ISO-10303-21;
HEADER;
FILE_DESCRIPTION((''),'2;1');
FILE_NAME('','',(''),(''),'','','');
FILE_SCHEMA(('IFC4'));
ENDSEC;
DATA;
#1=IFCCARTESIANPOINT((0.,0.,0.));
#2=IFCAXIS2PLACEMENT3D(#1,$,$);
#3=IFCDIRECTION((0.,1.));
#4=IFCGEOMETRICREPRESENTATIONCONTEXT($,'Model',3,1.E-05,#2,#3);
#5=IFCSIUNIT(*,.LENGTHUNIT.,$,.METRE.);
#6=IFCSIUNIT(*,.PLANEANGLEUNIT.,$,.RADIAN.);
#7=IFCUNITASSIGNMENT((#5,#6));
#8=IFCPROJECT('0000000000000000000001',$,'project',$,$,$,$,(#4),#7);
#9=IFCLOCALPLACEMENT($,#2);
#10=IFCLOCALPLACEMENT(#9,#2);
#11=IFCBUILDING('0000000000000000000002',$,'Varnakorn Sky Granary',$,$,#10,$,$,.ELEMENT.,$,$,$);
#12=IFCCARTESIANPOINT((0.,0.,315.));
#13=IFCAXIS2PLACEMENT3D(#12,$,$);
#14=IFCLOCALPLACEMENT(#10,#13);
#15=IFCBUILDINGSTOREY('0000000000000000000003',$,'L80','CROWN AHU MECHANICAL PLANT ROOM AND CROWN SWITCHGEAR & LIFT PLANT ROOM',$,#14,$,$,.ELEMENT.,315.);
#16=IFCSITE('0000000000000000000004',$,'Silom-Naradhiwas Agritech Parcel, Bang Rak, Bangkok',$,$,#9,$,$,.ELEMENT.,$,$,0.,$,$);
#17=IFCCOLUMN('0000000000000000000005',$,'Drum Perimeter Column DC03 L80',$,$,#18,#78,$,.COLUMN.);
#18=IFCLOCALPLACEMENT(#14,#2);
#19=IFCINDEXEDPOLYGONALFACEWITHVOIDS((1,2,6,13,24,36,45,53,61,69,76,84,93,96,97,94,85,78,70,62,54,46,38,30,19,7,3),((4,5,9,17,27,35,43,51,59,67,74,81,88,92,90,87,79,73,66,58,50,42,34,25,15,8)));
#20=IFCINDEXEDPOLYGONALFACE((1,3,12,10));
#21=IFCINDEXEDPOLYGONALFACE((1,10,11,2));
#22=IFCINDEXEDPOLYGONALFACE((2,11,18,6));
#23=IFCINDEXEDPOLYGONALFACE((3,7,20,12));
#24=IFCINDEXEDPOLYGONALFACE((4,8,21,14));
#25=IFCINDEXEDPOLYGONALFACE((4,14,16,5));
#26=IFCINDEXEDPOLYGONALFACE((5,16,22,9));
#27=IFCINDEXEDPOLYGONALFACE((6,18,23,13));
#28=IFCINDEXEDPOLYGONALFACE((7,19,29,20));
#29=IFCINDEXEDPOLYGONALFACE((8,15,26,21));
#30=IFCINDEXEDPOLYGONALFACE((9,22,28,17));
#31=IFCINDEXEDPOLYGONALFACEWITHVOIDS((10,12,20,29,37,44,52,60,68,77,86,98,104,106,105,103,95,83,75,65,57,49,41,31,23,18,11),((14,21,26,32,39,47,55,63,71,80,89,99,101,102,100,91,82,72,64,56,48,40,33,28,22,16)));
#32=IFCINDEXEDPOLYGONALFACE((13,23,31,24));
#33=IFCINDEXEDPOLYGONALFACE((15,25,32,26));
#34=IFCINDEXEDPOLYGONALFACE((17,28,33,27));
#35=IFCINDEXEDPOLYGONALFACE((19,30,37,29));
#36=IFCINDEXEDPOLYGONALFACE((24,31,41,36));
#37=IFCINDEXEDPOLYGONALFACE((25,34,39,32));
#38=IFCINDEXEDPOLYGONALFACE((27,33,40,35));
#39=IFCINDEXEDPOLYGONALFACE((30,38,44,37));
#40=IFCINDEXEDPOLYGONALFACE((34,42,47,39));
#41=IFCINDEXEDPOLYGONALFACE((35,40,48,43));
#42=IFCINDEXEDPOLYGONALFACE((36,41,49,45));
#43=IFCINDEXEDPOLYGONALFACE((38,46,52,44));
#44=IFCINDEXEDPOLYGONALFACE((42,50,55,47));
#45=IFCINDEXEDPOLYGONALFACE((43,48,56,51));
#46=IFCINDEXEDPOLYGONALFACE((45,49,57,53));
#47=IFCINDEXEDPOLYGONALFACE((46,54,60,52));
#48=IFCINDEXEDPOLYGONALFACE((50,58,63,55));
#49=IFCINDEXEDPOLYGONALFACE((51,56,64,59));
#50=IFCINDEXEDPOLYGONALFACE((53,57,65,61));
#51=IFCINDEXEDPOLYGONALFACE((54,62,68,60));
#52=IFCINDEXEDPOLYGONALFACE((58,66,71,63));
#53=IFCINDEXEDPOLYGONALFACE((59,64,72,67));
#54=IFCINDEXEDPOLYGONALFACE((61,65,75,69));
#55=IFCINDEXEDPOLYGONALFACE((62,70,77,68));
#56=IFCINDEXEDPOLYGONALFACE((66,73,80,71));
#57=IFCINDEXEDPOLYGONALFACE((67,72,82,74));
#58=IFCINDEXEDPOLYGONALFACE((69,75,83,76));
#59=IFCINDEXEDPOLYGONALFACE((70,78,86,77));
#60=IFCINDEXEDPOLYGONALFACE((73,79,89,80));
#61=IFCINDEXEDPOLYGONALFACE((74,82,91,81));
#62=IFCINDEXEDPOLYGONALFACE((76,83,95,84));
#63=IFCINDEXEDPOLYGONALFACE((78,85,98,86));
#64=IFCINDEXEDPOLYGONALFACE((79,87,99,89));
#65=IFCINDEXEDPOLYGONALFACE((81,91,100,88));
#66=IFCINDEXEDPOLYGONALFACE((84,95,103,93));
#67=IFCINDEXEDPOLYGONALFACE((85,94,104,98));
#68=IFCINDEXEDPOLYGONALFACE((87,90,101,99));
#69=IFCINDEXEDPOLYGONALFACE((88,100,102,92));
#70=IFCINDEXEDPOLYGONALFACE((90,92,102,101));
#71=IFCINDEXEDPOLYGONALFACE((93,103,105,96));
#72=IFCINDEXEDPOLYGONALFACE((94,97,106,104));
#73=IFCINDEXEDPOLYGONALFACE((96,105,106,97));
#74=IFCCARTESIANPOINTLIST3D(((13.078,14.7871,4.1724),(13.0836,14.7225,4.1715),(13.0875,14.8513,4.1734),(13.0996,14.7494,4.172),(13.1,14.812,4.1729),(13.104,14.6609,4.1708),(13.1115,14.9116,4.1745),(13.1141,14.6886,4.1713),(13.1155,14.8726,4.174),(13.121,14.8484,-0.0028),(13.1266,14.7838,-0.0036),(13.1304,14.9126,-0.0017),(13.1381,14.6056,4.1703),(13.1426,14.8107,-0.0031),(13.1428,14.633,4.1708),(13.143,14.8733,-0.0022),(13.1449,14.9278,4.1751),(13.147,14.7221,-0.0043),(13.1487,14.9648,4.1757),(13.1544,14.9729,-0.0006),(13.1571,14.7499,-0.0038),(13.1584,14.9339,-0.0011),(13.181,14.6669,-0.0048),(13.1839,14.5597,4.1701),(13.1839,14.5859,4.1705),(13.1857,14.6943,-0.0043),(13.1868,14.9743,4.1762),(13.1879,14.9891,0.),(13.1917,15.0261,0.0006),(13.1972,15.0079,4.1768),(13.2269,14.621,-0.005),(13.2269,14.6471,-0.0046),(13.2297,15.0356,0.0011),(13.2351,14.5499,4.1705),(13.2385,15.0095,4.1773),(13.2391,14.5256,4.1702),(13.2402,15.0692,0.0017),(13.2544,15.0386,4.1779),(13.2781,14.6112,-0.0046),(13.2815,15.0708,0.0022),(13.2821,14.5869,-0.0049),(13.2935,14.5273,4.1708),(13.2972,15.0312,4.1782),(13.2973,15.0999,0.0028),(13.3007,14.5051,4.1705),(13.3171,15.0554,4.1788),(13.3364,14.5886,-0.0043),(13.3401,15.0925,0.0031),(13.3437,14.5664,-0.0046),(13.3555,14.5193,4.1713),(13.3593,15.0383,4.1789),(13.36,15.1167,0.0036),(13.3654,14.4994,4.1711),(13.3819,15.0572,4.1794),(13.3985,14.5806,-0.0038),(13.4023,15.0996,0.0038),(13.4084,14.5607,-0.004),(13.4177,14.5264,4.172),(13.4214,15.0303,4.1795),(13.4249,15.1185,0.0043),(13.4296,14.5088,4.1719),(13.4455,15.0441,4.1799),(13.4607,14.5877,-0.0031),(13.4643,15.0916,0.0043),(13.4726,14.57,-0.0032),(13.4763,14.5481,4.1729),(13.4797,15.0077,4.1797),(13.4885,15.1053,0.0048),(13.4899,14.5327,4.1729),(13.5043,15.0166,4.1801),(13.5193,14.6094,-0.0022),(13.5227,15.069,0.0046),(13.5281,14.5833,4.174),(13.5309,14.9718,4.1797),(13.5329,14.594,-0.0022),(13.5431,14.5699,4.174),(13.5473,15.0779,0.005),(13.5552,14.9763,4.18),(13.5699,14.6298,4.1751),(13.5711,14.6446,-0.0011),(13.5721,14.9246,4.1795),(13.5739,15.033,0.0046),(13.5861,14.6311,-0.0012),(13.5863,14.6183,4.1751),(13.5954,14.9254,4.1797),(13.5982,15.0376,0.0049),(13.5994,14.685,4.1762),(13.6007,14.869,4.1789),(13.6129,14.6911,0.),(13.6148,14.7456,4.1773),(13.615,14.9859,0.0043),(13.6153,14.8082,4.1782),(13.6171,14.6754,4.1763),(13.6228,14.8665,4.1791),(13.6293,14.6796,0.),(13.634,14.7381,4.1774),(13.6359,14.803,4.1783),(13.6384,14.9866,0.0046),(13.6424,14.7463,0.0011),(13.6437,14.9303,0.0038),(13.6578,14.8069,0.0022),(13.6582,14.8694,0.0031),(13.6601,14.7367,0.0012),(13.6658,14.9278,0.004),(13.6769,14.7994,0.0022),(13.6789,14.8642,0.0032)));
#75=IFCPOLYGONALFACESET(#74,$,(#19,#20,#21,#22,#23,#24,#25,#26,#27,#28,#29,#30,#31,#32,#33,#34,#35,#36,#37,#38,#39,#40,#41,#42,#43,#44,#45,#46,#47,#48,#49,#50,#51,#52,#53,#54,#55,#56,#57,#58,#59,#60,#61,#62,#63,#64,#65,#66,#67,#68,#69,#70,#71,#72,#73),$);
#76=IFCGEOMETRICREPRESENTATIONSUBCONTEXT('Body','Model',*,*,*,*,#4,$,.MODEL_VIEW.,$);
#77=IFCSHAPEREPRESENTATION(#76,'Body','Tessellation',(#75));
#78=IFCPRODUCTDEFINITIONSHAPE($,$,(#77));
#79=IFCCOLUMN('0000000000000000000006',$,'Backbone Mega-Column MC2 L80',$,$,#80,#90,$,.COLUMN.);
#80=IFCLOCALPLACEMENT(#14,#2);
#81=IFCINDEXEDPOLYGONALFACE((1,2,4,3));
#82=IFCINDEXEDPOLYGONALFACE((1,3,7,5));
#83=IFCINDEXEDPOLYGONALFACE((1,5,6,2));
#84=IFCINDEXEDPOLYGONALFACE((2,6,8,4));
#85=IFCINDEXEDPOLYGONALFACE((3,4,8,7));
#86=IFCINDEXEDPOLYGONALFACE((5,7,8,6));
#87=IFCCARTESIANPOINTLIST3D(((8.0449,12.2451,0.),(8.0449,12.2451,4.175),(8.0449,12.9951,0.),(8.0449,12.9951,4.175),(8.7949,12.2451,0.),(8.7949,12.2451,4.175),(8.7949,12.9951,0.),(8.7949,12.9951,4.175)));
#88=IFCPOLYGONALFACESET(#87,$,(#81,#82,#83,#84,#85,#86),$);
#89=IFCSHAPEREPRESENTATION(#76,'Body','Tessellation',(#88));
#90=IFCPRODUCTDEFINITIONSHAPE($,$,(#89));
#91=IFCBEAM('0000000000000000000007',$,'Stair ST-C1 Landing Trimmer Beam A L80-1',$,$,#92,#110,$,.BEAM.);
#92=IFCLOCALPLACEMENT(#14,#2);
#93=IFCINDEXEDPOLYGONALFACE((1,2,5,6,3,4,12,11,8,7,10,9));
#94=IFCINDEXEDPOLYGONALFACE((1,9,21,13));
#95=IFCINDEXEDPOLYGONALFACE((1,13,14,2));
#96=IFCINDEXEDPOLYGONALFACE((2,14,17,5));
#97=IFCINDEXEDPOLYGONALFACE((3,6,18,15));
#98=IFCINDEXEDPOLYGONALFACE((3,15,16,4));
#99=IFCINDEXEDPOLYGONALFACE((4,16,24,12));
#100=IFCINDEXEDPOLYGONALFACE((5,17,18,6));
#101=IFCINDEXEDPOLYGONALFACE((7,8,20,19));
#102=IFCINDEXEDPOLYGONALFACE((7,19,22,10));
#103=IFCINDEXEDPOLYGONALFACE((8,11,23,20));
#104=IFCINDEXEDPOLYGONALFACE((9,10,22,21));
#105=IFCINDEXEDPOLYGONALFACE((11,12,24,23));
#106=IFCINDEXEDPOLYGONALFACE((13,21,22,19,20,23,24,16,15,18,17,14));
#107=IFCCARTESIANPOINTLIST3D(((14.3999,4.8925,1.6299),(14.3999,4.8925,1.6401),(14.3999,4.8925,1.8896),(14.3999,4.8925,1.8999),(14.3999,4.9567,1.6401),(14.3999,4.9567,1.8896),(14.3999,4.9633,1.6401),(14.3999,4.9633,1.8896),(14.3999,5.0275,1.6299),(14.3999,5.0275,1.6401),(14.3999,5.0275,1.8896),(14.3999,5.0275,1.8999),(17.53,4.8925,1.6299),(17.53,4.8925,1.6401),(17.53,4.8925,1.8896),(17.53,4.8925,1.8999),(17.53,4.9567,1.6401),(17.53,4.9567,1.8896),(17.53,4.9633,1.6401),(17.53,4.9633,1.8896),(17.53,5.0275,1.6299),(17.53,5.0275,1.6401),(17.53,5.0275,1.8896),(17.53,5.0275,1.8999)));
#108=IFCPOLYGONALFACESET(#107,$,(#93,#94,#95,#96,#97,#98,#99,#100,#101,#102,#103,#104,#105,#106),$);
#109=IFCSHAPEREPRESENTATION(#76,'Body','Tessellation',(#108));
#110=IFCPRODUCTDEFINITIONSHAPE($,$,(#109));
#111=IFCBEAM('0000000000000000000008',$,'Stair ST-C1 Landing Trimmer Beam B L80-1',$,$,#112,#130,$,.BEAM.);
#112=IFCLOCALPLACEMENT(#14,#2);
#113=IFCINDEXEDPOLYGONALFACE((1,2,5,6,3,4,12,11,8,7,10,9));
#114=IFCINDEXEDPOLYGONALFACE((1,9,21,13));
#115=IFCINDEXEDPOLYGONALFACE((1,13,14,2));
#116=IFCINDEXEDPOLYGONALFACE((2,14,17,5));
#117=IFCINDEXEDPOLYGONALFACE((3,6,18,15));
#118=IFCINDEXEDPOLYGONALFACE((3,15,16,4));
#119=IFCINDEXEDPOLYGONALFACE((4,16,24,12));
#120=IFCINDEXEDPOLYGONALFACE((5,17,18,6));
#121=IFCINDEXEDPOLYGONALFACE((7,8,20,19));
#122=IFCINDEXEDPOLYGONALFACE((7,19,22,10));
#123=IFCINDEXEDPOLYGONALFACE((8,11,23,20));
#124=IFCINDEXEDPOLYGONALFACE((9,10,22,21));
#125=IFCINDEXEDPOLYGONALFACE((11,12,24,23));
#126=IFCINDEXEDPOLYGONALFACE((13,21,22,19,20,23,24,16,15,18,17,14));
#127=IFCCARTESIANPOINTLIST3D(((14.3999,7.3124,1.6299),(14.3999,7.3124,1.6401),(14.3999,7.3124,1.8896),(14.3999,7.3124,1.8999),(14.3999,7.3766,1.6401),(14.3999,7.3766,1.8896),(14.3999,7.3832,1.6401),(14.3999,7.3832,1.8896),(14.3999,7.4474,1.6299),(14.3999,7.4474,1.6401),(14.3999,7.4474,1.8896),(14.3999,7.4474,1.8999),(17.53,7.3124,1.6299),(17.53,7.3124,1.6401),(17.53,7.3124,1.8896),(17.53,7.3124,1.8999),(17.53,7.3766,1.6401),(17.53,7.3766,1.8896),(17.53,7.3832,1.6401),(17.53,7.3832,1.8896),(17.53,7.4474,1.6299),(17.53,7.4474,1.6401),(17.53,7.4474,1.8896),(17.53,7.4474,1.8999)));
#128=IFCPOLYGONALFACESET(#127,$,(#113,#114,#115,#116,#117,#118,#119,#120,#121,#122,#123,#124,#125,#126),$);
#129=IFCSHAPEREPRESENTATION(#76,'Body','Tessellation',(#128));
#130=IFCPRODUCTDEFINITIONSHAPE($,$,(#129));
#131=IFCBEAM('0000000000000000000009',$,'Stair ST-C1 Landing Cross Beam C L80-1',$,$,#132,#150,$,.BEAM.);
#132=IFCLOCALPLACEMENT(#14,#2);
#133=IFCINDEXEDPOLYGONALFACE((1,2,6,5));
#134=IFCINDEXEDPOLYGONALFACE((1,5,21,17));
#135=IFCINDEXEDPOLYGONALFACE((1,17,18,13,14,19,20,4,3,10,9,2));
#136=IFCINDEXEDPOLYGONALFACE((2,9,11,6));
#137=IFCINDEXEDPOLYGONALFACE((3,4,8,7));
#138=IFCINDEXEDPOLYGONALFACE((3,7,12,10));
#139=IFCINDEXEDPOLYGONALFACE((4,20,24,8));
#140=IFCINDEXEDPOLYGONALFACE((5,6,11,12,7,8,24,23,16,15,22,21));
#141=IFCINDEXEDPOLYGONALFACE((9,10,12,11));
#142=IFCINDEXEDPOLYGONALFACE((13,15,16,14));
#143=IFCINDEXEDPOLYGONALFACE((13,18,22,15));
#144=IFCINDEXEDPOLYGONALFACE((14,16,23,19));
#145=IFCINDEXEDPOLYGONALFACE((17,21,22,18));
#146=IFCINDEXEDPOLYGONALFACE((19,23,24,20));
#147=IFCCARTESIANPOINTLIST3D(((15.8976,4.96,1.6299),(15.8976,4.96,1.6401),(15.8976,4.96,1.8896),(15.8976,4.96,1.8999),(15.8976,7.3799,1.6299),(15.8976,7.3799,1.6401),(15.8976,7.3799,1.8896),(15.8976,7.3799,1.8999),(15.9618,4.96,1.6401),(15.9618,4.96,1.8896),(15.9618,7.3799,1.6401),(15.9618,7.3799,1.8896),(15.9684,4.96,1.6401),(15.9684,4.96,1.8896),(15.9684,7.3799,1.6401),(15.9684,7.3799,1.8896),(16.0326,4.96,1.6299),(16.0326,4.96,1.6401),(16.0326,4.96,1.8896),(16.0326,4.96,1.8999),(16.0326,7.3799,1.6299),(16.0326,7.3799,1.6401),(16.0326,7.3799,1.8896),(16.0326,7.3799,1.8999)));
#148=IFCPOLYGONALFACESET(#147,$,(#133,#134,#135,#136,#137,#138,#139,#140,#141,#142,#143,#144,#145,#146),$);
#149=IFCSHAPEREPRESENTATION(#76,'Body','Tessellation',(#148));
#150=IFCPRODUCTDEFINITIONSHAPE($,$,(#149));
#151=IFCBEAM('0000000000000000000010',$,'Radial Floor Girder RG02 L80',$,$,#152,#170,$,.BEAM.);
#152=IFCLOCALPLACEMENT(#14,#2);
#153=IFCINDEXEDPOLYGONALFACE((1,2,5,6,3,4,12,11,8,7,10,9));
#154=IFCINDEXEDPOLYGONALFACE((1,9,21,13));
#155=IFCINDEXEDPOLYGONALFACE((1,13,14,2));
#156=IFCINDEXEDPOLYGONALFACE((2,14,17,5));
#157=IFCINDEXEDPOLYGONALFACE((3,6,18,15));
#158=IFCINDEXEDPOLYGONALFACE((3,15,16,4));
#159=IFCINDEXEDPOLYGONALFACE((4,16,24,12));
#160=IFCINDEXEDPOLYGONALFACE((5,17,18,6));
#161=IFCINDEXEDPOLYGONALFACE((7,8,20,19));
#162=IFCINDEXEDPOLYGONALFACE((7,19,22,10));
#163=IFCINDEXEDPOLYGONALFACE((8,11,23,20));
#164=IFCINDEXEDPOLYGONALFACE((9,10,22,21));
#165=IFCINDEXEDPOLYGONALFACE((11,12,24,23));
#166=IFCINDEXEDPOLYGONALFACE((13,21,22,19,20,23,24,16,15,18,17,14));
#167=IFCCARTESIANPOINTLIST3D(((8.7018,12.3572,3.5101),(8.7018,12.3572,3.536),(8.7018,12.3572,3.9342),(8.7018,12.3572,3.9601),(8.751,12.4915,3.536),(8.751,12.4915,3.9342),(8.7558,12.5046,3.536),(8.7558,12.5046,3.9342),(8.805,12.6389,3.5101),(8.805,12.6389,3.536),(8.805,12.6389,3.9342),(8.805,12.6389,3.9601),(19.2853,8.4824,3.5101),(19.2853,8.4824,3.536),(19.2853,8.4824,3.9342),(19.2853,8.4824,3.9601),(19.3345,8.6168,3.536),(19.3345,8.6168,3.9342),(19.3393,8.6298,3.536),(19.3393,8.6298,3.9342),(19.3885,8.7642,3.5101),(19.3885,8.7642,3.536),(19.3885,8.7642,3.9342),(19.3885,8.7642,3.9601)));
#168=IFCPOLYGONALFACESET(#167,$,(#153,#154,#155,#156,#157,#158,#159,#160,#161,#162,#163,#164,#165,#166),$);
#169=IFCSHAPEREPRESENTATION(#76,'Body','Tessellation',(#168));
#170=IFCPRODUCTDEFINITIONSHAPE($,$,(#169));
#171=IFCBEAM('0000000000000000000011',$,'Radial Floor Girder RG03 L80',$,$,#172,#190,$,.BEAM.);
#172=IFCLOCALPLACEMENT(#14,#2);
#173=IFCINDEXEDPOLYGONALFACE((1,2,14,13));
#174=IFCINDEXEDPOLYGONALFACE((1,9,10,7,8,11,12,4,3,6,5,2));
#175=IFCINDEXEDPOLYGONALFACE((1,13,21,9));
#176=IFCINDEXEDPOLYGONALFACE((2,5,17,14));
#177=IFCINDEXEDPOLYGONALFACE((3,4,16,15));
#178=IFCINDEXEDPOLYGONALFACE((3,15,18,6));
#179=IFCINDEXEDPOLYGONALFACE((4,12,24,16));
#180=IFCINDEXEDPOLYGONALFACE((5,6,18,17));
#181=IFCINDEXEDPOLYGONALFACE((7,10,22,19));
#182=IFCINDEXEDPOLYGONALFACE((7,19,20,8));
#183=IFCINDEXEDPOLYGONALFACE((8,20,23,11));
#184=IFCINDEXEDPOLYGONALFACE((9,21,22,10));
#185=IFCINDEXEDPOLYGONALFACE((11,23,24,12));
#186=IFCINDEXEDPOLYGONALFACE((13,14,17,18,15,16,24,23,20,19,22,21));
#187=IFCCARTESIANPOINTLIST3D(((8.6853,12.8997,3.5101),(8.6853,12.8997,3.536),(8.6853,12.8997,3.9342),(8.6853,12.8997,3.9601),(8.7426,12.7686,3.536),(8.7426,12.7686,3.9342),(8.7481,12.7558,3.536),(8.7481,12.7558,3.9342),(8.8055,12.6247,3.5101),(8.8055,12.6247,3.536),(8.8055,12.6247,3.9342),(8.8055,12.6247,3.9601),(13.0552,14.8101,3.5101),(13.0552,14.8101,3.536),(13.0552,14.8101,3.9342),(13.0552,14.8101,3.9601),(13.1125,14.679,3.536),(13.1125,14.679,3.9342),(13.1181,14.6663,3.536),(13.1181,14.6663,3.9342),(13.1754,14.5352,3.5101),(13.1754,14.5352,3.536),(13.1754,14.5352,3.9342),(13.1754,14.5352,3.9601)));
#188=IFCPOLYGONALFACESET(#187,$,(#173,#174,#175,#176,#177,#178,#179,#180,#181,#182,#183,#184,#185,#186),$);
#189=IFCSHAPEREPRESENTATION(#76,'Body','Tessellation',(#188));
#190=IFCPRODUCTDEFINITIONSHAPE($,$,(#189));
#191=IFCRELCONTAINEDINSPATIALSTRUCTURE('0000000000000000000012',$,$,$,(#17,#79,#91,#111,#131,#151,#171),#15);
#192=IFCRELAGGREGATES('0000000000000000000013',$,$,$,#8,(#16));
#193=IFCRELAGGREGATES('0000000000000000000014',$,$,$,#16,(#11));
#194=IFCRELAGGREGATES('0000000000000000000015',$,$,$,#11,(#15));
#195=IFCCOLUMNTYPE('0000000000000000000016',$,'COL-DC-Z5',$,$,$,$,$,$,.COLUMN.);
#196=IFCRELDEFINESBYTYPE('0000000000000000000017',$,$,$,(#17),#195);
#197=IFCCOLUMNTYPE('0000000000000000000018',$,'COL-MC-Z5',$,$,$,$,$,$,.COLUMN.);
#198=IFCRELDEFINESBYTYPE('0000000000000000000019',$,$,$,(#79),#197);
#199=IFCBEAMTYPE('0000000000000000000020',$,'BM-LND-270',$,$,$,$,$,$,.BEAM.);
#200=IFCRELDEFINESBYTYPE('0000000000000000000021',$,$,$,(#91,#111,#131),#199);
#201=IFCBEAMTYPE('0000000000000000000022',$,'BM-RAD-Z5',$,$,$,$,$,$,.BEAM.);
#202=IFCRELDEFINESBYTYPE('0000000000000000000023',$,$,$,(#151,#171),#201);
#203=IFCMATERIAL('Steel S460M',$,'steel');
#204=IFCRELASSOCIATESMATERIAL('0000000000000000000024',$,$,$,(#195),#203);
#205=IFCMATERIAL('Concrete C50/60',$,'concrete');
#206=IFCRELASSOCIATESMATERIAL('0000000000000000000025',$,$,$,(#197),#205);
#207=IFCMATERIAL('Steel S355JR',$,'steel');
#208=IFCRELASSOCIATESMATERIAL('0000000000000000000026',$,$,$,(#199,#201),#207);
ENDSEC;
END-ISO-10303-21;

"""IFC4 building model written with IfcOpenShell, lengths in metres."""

from ifc_helpers import new_model, si_unit, direction, frame, origin, origin_2d, place, context, subcontext, project, spatial, rectangle, hollow_circle, i_section, extrude, material, material_profile, profile_set, type_object, element, save


model = new_model("IFC4")

# Units and contexts
model_context = context("Model", 3, precision=1e-05, world=origin(), true_north=direction((0.0, 1.0)))
body_context = subcontext(model_context, "Body", "Model", "MODEL_VIEW")
ifc_project = project(units=[si_unit("LENGTHUNIT", "METRE"), si_unit("PLANEANGLEUNIT", "RADIAN")], contexts=[model_context])

# Site, building, storey
site_placement = place(None, origin())
site = spatial("IfcSite", under=ifc_project, at=site_placement, Name="Silom-Naradhiwas Agritech Parcel, Bang Rak, Bangkok", CompositionType="ELEMENT", RefElevation=0.0)
building_placement = place(site_placement, origin())
building = spatial("IfcBuilding", under=site, at=building_placement, Name="Varnakorn Sky Granary", CompositionType="ELEMENT")
storey_placement = place(building_placement, frame((0.0, 0.0, 315.0)))
storey = spatial("IfcBuildingStorey", under=building, at=storey_placement, Name="L80", Description="CROWN AHU MECHANICAL PLANT ROOM AND CROWN SWITCHGEAR & LIFT PLANT ROOM", CompositionType="ELEMENT", Elevation=315.0)

# Columns
ifc_material_1 = material(Name="Steel S460M", Category="steel")
ifc_material_profile_1 = material_profile(ifc_material_1, hollow_circle(Radius=0.2795, WallThickness=0.02, at=origin_2d()), Name="CHS 559x20")
ifc_profile_set_1 = profile_set([ifc_material_profile_1], Name="Steel S460M")
column_type_1 = type_object("IfcColumnType", Name="COL-DC-Z5", PredefinedType="COLUMN", material=ifc_profile_set_1)
column_1_placement = place(storey_placement, frame((13.4004, 14.8401, 0.0), z_axis=(-0.01029, -0.014675, 0.999839), x_axis=(0.818772, -0.574119, 0.0)))
element("IfcColumn", 1, at=column_1_placement, inside=storey, type_object=column_type_1, Name="Drum Perimeter Column DC03 L80", PredefinedType="COLUMN", context=body_context, shape_type="SweptSolid", body=[
    extrude(hollow_circle(Radius=0.2795, WallThickness=0.02, at=origin_2d()), origin(), (0.0, 0.0, 1.0), 4.1758),
])
ifc_material_2 = material(Name="Concrete C50/60", Category="concrete")
ifc_material_profile_2 = material_profile(ifc_material_2, rectangle(XDim=0.75, YDim=0.75, at=origin_2d()), Name="RC 750x750")
ifc_profile_set_2 = profile_set([ifc_material_profile_2], Name="Concrete C50/60")
column_type_2 = type_object("IfcColumnType", Name="COL-MC-Z5", PredefinedType="COLUMN", material=ifc_profile_set_2)
column_2_placement = place(storey_placement, frame((8.4199, 12.6201, 0.0), z_axis=(0.0, 0.0, 1.0), x_axis=(1.0, 0.0, 0.0)))
element("IfcColumn", 2, at=column_2_placement, inside=storey, type_object=column_type_2, Name="Backbone Mega-Column MC2 L80", PredefinedType="COLUMN", context=body_context, shape_type="SweptSolid", body=[
    extrude(rectangle(XDim=0.75, YDim=0.75, at=origin_2d()), origin(), (0.0, 0.0, 1.0), 4.175),
])

# Beams
ifc_material_3 = material(Name="Steel S355JR", Category="steel")
ifc_material_profile_3 = material_profile(ifc_material_3, i_section(OverallWidth=0.135, OverallDepth=0.27, WebThickness=0.0066, FlangeThickness=0.0103, at=origin_2d()), Name="IPE 270")
ifc_profile_set_3 = profile_set([ifc_material_profile_3], Name="Steel S355JR")
beam_type_1 = type_object("IfcBeamType", Name="BM-LND-270", PredefinedType="BEAM", material=ifc_profile_set_3)
for number, where, z_axis, x_axis, name in (
    (3, (14.3999, 4.96, 1.7649), (1.0, 0.0, 0.0), (0.0, 1.0, 0.0), "Stair ST-C1 Landing Trimmer Beam A L80-1"),
    (4, (14.3999, 7.3799, 1.7649), (1.0, 0.0, 0.0), (0.0, 1.0, 0.0), "Stair ST-C1 Landing Trimmer Beam B L80-1"),
):
    element("IfcBeam", number, at=place(storey_placement, frame(where, z_axis=z_axis, x_axis=x_axis)), inside=storey, type_object=beam_type_1, Name=name, PredefinedType="BEAM", context=body_context, shape_type="SweptSolid", body=[
        extrude(i_section(OverallWidth=0.135, OverallDepth=0.27, WebThickness=0.0066, FlangeThickness=0.0103, at=origin_2d()), origin(), (0.0, 0.0, 1.0), 3.1301),
    ])
beam_1_placement = place(storey_placement, frame((15.9651, 4.96, 1.7649), z_axis=(0.0, 1.0, 0.0), x_axis=(-1.0, 0.0, 0.0)))
element("IfcBeam", 5, at=beam_1_placement, inside=storey, type_object=beam_type_1, Name="Stair ST-C1 Landing Cross Beam C L80-1", PredefinedType="BEAM", context=body_context, shape_type="SweptSolid", body=[
    extrude(i_section(OverallWidth=0.135, OverallDepth=0.27, WebThickness=0.0066, FlangeThickness=0.0103, at=origin_2d()), origin(), (0.0, 0.0, 1.0), 2.4199),
])
ifc_material_profile_4 = material_profile(ifc_material_3, i_section(OverallWidth=0.3, OverallDepth=0.45, WebThickness=0.0139, FlangeThickness=0.0259, at=origin_2d()), Name="HE 450 B")
ifc_profile_set_4 = profile_set([ifc_material_profile_4], Name="Steel S355JR")
beam_type_2 = type_object("IfcBeamType", Name="BM-RAD-Z5", PredefinedType="BEAM", material=ifc_profile_set_4)
beam_2_placement = place(storey_placement, frame((8.7534, 12.498, 3.7351), z_axis=(0.939044, -0.343796, 0.0), x_axis=(0.343796, 0.939044, 0.0)))
element("IfcBeam", 6, at=beam_2_placement, inside=storey, type_object=beam_type_2, Name="Radial Floor Girder RG02 L80", PredefinedType="BEAM", context=body_context, shape_type="SweptSolid", body=[
    extrude(i_section(OverallWidth=0.3, OverallDepth=0.45, WebThickness=0.0139, FlangeThickness=0.0259, at=origin_2d()), origin(), (0.0, 0.0, 1.0), 11.2705),
])
beam_3_placement = place(storey_placement, frame((8.7454, 12.7622, 3.7351), z_axis=(0.916267, 0.400569, 0.0), x_axis=(-0.400569, 0.916267, 0.0)))
element("IfcBeam", 7, at=beam_3_placement, inside=storey, type_object=beam_type_2, Name="Radial Floor Girder RG03 L80", PredefinedType="BEAM", context=body_context, shape_type="SweptSolid", body=[
    extrude(i_section(OverallWidth=0.3, OverallDepth=0.45, WebThickness=0.0139, FlangeThickness=0.0259, at=origin_2d()), origin(), (0.0, 0.0, 1.0), 4.7693),
])

save(model, "model.ifc")
